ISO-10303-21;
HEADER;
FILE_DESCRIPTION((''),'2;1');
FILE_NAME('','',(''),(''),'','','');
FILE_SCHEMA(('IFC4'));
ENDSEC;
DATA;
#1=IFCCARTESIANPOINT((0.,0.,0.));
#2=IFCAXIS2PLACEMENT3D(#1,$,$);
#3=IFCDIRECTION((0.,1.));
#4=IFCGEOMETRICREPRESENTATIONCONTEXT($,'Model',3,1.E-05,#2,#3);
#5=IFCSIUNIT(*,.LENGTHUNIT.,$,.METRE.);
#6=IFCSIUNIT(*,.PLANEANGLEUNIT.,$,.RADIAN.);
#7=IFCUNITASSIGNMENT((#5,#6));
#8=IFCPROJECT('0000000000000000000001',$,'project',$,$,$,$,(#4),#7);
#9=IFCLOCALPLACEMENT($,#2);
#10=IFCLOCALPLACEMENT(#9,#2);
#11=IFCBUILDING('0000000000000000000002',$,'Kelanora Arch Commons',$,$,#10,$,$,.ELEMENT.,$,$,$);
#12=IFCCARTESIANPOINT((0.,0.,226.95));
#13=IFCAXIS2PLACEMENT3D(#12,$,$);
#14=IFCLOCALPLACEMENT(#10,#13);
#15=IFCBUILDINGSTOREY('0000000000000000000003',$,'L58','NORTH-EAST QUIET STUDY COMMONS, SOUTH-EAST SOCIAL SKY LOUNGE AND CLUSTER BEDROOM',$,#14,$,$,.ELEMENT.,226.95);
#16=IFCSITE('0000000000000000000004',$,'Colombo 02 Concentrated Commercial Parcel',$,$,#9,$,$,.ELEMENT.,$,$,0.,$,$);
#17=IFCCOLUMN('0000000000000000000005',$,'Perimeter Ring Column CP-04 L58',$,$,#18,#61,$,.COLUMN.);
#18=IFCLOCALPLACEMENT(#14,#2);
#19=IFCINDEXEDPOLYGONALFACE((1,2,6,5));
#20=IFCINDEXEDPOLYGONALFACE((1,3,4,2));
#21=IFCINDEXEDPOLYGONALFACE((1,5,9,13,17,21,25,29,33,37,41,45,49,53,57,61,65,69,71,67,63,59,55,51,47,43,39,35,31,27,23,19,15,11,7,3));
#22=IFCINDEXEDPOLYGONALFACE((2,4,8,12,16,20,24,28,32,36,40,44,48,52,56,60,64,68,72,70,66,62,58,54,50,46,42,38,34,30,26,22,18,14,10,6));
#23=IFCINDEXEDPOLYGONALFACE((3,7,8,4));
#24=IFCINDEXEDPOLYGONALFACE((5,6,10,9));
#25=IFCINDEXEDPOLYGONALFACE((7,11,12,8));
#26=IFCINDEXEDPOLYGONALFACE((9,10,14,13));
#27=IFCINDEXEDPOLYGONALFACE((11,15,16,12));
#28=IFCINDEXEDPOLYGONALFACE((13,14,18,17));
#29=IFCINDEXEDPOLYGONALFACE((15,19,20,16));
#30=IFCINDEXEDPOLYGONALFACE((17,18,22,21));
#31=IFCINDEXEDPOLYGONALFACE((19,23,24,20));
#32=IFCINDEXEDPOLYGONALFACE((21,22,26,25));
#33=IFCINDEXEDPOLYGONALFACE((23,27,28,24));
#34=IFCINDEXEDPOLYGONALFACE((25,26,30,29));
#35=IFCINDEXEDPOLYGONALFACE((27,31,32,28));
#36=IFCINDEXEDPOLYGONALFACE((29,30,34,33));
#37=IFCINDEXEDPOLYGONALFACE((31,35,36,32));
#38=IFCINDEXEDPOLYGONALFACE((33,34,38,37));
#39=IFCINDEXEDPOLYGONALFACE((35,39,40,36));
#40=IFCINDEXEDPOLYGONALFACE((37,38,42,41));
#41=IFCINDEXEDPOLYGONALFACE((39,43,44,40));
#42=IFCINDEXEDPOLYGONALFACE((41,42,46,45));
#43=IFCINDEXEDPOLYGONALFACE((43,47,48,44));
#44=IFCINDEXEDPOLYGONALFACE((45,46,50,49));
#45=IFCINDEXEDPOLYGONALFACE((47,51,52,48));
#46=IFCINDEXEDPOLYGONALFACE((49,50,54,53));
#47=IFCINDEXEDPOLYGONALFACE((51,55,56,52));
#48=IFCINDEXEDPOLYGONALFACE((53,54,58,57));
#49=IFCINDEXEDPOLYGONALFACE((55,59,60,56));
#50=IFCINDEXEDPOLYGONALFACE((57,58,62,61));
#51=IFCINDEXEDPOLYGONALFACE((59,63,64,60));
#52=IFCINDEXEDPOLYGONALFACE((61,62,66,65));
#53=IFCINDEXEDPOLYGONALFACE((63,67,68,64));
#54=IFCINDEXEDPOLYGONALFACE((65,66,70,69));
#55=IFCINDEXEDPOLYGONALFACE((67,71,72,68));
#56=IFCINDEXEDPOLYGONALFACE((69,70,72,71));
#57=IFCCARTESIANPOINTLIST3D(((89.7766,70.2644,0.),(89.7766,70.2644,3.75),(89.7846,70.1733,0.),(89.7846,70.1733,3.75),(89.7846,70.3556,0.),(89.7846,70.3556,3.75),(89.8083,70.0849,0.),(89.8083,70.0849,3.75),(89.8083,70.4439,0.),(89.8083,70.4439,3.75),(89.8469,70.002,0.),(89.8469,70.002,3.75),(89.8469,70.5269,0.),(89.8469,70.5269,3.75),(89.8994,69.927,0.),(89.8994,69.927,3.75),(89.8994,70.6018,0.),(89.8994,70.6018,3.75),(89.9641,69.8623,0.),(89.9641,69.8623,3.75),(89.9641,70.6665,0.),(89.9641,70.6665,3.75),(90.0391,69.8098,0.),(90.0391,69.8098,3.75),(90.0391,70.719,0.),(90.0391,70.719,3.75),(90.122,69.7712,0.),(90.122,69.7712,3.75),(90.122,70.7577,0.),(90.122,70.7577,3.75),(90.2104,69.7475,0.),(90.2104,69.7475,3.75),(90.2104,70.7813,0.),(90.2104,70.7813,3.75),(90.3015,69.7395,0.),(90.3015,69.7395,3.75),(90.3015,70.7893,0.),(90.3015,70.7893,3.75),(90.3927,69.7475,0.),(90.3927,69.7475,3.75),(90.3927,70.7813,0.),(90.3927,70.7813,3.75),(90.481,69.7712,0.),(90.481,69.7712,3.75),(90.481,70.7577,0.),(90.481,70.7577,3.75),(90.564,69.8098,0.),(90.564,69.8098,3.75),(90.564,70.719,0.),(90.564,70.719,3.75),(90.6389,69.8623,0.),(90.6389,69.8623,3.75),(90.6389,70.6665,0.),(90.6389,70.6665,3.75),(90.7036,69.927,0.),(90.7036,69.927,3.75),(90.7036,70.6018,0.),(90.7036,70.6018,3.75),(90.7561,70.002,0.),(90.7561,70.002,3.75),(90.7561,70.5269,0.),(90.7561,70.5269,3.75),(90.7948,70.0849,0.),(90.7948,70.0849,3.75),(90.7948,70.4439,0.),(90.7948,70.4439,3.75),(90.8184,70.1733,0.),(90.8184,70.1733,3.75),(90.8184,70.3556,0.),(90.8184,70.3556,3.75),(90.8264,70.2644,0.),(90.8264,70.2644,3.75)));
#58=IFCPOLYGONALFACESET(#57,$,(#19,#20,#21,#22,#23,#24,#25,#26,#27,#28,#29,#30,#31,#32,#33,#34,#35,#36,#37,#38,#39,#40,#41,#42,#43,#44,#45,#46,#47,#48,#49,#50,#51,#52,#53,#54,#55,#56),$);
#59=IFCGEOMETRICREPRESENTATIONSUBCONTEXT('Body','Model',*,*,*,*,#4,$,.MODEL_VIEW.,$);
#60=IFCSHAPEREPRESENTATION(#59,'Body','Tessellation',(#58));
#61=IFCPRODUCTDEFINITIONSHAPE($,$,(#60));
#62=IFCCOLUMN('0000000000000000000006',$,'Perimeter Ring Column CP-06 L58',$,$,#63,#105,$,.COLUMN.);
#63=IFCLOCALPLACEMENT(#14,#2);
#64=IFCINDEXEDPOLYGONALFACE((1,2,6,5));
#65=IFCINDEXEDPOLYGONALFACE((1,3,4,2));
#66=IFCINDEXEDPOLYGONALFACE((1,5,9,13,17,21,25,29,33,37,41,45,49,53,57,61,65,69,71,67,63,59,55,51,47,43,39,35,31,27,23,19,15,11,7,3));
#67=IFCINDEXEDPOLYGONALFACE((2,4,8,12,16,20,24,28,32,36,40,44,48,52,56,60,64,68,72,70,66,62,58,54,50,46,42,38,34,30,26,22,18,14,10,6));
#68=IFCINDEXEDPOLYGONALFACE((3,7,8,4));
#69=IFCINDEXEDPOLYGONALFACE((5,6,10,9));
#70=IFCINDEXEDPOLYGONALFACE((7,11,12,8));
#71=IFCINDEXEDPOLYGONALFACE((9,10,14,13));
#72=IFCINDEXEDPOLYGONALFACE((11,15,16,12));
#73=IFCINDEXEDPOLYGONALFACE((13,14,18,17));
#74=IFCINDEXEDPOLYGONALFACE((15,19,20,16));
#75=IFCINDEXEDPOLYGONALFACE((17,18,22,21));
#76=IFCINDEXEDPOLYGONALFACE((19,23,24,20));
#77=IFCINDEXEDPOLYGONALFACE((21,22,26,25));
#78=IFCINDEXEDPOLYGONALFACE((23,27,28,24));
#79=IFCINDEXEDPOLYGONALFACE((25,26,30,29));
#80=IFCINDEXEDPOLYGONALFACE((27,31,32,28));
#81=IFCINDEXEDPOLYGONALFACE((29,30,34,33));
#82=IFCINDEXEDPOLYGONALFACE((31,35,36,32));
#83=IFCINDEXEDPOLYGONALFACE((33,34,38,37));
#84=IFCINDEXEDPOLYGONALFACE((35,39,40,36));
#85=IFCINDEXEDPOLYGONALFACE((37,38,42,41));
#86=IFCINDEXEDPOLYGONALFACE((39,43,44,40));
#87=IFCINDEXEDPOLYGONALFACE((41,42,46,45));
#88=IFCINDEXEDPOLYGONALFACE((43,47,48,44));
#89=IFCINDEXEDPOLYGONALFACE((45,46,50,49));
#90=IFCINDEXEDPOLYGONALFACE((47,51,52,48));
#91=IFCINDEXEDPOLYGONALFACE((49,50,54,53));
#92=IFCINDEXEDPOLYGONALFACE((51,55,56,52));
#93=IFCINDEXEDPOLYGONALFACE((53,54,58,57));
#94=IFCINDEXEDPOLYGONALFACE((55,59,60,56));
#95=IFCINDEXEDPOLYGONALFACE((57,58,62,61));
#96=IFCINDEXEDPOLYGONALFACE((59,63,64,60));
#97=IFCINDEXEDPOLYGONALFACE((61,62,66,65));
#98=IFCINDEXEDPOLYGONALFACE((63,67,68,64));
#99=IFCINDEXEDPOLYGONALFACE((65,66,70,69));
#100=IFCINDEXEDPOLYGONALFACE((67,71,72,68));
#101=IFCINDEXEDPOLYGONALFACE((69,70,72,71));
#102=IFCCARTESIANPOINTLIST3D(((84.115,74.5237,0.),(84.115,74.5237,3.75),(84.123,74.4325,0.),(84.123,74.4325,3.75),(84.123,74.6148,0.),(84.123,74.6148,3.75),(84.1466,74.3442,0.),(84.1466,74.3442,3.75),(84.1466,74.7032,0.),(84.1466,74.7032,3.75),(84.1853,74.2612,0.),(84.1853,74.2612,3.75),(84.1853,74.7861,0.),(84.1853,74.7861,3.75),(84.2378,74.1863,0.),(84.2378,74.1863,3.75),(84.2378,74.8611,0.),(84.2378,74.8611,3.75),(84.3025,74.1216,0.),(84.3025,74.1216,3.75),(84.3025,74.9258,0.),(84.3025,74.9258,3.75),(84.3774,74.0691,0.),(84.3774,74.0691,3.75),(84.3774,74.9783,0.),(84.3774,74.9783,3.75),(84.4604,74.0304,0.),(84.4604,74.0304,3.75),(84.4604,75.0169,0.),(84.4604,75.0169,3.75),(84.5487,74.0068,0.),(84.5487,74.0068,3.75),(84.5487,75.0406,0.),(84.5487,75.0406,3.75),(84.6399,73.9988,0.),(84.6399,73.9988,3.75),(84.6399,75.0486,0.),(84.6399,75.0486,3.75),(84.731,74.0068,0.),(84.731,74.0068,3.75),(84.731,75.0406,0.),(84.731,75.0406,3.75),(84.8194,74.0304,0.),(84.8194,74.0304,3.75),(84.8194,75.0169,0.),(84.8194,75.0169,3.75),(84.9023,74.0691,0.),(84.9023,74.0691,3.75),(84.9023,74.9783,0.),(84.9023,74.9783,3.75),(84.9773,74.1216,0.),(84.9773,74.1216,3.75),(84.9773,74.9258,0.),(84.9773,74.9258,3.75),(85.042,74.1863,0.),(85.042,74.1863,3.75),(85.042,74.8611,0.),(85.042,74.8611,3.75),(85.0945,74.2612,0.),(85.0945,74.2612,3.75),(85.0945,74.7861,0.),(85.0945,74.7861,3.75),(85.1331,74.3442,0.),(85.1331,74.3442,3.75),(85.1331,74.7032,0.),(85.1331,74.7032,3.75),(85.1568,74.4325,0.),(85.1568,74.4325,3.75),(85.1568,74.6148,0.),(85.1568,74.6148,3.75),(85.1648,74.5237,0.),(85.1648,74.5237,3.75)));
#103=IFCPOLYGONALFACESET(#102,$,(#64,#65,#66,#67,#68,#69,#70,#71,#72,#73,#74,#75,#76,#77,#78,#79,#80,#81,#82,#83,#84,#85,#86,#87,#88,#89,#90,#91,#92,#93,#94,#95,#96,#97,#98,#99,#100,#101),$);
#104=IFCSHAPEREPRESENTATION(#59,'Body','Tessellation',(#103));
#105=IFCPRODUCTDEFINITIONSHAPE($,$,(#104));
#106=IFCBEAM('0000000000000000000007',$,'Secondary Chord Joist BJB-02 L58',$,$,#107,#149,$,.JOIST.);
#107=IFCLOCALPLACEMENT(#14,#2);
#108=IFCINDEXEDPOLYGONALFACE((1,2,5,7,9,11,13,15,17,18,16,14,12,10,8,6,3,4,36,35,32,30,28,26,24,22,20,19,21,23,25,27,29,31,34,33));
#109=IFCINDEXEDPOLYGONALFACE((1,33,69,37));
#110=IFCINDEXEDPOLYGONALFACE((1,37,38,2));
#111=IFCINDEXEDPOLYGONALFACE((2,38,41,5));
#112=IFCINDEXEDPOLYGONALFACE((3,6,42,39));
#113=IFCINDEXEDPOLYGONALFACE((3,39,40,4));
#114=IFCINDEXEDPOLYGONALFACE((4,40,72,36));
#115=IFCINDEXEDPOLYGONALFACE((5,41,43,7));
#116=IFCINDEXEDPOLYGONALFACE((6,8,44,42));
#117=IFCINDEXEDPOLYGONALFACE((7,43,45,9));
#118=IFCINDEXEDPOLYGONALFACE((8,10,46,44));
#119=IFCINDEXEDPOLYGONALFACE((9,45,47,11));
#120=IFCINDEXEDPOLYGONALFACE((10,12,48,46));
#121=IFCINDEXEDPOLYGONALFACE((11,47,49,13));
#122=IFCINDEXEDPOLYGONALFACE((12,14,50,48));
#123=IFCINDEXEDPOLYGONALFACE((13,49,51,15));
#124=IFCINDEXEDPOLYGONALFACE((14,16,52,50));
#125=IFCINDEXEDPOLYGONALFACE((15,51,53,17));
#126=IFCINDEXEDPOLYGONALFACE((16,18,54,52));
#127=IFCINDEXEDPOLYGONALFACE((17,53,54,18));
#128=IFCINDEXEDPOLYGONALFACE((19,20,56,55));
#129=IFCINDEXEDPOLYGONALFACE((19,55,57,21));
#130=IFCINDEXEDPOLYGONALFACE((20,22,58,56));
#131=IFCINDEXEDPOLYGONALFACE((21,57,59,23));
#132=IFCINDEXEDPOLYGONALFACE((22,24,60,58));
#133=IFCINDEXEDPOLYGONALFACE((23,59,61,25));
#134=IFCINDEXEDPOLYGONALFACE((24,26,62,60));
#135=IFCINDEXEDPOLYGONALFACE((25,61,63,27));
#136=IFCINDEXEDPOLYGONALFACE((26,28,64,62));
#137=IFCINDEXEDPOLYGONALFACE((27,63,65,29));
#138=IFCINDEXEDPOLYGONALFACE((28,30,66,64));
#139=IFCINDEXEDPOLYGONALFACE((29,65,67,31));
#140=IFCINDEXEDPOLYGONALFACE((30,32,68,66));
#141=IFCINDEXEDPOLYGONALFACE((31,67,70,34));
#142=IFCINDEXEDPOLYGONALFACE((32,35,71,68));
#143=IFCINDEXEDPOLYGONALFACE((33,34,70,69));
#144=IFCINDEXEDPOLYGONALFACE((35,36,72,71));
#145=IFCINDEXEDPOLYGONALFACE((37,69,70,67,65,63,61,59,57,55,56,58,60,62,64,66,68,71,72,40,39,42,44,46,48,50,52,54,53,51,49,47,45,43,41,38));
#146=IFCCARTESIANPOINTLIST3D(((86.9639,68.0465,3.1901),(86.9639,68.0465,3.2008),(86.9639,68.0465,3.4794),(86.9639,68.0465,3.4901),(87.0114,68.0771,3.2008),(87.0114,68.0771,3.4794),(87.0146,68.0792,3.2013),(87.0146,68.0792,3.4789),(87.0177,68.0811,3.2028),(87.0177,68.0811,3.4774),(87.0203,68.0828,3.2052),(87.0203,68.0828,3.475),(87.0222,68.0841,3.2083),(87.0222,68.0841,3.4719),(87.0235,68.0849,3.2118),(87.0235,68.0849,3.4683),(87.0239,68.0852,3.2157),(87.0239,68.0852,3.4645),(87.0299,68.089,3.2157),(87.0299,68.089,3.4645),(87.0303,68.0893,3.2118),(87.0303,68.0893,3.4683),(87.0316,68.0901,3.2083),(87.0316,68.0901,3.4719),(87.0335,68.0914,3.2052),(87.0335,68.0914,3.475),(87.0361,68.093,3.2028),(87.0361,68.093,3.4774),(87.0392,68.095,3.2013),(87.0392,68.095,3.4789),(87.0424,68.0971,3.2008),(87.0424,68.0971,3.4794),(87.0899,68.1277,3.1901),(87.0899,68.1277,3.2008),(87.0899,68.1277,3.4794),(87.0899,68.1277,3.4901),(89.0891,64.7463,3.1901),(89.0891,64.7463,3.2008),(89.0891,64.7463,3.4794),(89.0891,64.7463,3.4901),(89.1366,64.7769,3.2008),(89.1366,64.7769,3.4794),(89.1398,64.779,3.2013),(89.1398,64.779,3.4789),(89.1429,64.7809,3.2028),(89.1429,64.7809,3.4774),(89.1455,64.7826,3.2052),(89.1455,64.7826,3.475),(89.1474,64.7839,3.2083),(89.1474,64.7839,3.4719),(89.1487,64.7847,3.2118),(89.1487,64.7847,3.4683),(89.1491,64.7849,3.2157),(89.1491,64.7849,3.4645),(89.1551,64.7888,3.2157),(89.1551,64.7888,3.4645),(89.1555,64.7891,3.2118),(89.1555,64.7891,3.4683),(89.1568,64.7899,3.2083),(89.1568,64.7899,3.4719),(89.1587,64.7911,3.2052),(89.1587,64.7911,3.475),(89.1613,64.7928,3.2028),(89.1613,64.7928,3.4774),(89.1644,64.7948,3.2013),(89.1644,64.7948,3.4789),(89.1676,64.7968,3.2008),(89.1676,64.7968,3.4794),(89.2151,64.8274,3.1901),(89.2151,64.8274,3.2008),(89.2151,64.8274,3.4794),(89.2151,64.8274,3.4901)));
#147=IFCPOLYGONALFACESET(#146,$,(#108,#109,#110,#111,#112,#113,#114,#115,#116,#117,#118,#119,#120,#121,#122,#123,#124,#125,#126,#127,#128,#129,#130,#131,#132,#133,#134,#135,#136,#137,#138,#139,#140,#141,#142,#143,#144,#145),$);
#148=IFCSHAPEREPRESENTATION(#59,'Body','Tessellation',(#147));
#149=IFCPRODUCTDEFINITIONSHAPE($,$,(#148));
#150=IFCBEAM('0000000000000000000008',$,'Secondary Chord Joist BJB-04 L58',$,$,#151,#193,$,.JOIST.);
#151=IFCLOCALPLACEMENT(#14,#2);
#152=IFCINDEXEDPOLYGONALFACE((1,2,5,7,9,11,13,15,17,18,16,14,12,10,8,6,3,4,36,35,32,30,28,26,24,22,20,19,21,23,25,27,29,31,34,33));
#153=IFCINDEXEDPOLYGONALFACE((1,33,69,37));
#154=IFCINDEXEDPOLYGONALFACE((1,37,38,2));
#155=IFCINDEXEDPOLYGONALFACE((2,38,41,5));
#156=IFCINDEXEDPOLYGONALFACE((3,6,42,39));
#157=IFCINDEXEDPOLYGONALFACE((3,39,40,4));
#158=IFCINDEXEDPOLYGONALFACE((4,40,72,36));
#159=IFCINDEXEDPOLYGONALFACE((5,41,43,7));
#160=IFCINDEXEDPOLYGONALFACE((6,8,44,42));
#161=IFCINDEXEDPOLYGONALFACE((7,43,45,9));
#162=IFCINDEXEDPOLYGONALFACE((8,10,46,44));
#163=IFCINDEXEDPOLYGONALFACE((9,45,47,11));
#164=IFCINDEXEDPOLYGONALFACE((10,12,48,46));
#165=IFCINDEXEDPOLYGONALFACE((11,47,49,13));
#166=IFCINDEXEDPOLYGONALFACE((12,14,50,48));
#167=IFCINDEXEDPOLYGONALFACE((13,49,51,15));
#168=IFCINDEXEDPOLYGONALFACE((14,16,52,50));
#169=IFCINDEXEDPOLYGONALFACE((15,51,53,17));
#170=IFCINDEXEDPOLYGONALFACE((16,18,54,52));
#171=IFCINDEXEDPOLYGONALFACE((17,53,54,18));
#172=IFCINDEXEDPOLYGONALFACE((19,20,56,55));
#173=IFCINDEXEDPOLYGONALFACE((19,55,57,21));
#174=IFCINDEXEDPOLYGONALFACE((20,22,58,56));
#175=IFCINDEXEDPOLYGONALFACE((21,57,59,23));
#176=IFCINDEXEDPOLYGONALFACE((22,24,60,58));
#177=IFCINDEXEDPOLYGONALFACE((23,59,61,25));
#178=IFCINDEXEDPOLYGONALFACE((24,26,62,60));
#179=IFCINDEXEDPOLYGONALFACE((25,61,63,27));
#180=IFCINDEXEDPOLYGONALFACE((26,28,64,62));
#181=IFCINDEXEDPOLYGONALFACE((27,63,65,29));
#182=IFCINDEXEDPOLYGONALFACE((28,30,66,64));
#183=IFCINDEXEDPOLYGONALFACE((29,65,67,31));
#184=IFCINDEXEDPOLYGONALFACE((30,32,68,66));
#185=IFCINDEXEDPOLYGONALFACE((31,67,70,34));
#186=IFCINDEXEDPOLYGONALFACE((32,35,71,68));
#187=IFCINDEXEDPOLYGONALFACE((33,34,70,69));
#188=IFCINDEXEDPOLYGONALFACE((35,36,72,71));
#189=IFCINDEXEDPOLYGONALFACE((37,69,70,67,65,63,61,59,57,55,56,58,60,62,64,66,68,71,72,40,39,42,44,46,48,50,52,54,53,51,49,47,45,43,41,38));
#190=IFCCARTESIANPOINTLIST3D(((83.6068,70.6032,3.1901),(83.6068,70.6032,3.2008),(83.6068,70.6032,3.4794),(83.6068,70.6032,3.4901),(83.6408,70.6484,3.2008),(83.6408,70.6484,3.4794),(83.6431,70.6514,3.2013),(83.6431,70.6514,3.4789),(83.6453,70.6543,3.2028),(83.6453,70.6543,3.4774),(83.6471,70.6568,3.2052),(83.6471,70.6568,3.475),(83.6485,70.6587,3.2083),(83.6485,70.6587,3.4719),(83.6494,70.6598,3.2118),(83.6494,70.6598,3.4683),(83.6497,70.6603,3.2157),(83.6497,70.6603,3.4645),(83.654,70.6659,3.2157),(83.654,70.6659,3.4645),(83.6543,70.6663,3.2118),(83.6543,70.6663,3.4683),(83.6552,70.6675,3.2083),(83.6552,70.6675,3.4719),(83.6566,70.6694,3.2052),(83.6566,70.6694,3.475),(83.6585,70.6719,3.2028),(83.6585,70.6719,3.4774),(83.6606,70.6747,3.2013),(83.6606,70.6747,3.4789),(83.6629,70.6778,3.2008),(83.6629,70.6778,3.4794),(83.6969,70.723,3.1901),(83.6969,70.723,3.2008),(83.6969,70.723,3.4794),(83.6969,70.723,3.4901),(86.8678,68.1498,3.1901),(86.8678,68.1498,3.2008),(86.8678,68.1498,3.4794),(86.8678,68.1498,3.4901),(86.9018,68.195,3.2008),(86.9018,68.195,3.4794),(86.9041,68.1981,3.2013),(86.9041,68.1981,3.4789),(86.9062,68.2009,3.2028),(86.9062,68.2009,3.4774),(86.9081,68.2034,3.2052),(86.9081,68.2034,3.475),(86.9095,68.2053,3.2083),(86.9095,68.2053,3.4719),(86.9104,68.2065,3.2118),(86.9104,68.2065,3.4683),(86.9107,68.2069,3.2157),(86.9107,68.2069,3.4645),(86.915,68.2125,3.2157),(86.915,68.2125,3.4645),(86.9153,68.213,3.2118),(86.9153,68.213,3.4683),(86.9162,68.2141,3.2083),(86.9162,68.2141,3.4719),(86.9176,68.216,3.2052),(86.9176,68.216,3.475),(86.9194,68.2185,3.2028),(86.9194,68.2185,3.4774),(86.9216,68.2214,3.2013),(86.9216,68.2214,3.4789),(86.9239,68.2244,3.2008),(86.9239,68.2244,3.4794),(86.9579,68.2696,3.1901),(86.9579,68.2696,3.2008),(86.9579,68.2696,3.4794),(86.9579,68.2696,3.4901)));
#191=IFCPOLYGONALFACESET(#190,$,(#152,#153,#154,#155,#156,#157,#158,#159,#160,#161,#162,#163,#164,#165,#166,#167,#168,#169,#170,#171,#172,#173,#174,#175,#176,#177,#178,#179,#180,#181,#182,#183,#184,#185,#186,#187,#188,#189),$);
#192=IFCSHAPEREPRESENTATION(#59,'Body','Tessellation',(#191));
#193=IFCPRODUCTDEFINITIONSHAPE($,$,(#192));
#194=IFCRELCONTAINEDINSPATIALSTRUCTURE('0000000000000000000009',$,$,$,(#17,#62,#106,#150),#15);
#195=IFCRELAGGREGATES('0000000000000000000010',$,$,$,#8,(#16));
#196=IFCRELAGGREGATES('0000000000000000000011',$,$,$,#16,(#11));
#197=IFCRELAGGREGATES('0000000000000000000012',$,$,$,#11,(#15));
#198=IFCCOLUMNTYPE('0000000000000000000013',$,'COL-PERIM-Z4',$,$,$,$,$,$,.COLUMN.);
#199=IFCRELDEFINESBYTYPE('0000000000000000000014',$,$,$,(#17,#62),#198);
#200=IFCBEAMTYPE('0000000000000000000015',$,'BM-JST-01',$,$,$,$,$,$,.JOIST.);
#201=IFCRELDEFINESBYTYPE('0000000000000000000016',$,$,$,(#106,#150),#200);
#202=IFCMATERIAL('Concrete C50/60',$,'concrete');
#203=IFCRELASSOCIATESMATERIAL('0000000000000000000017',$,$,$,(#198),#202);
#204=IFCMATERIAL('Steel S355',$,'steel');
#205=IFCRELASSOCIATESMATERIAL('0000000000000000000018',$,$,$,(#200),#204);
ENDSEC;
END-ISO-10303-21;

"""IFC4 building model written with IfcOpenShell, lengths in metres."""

from ifc_helpers import new_model, si_unit, direction, frame, origin, origin_2d, place, context, subcontext, project, spatial, circle, i_section, extrude, material, material_profile, profile_set, type_object, element, save


model = new_model("IFC4")

# Units and contexts
model_context = context("Model", 3, precision=1e-05, world=origin(), true_north=direction((0.0, 1.0)))
body_context = subcontext(model_context, "Body", "Model", "MODEL_VIEW")
ifc_project = project(units=[si_unit("LENGTHUNIT", "METRE"), si_unit("PLANEANGLEUNIT", "RADIAN")], contexts=[model_context])

# Site, building, storey
site_placement = place(None, origin())
site = spatial("IfcSite", under=ifc_project, at=site_placement, Name="Colombo 02 Concentrated Commercial Parcel", CompositionType="ELEMENT", RefElevation=0.0)
building_placement = place(site_placement, origin())
building = spatial("IfcBuilding", under=site, at=building_placement, Name="Kelanora Arch Commons", CompositionType="ELEMENT")
storey_placement = place(building_placement, frame((0.0, 0.0, 226.95)))
storey = spatial("IfcBuildingStorey", under=building, at=storey_placement, Name="L58", Description="NORTH-EAST QUIET STUDY COMMONS, SOUTH-EAST SOCIAL SKY LOUNGE AND CLUSTER BEDROOM", CompositionType="ELEMENT", Elevation=226.95)

# Columns
ifc_material_1 = material(Name="Concrete C50/60", Category="concrete")
ifc_material_profile_1 = material_profile(ifc_material_1, circle(Radius=0.5249, at=origin_2d()), Name="RCC1050")
ifc_profile_set_1 = profile_set([ifc_material_profile_1], Name="Concrete C50/60")
column_type = type_object("IfcColumnType", Name="COL-PERIM-Z4", PredefinedType="COLUMN", material=ifc_profile_set_1)
for number, where, z_axis, x_axis, name in (
    (1, (90.3015, 70.2644, 0.0), (0.0, 0.0, 1.0), (1.0, 0.0, 0.0), "Perimeter Ring Column CP-04 L58"),
    (2, (84.6399, 74.5237, 0.0), (0.0, 0.0, 1.0), (1.0, 0.0, 0.0), "Perimeter Ring Column CP-06 L58"),
):
    element("IfcColumn", number, at=place(storey_placement, frame(where, z_axis=z_axis, x_axis=x_axis)), inside=storey, type_object=column_type, Name=name, PredefinedType="COLUMN", context=body_context, shape_type="SweptSolid", body=[
        extrude(circle(Radius=0.5249, at=origin_2d()), origin(), (0.0, 0.0, 1.0), 3.75),
    ])

# Beams
ifc_material_2 = material(Name="Steel S355", Category="steel")
ifc_material_profile_2 = material_profile(ifc_material_2, i_section(OverallWidth=0.1499, OverallDepth=0.3, WebThickness=0.0071, FlangeThickness=0.0107, FilletRadius=0.0149, at=origin_2d()), Name="IPE300")
ifc_profile_set_2 = profile_set([ifc_material_profile_2], Name="Steel S355")
beam_type_1 = type_object("IfcBeamType", Name="BM-JST-01", PredefinedType="JOIST", material=ifc_profile_set_2)
beam_1_placement = place(storey_placement, frame((89.1521, 64.7869, 3.3401), z_axis=(-0.541411, 0.840758, 0.0), x_axis=(-0.840758, -0.541411, 0.0)))
element("IfcBeam", 3, at=beam_1_placement, inside=storey, type_object=beam_type_1, Name="Secondary Chord Joist BJB-02 L58", PredefinedType="JOIST", context=body_context, shape_type="SweptSolid", body=[
    extrude(i_section(OverallWidth=0.1499, OverallDepth=0.3, WebThickness=0.0071, FlangeThickness=0.0107, FilletRadius=0.0149, at=origin_2d()), origin(), (0.0, 0.0, 1.0), 3.9253),
])
beam_2_placement = place(storey_placement, frame((86.9128, 68.2097, 3.3401), z_axis=(-0.799102, 0.601196, 0.0), x_axis=(-0.601196, -0.799102, 0.0)))
element("IfcBeam", 4, at=beam_2_placement, inside=storey, type_object=beam_type_1, Name="Secondary Chord Joist BJB-04 L58", PredefinedType="JOIST", context=body_context, shape_type="SweptSolid", body=[
    extrude(i_section(OverallWidth=0.1499, OverallDepth=0.3, WebThickness=0.0071, FlangeThickness=0.0107, FilletRadius=0.0149, at=origin_2d()), origin(), (0.0, 0.0, 1.0), 4.0808),
])

save(model, "model.ifc")
